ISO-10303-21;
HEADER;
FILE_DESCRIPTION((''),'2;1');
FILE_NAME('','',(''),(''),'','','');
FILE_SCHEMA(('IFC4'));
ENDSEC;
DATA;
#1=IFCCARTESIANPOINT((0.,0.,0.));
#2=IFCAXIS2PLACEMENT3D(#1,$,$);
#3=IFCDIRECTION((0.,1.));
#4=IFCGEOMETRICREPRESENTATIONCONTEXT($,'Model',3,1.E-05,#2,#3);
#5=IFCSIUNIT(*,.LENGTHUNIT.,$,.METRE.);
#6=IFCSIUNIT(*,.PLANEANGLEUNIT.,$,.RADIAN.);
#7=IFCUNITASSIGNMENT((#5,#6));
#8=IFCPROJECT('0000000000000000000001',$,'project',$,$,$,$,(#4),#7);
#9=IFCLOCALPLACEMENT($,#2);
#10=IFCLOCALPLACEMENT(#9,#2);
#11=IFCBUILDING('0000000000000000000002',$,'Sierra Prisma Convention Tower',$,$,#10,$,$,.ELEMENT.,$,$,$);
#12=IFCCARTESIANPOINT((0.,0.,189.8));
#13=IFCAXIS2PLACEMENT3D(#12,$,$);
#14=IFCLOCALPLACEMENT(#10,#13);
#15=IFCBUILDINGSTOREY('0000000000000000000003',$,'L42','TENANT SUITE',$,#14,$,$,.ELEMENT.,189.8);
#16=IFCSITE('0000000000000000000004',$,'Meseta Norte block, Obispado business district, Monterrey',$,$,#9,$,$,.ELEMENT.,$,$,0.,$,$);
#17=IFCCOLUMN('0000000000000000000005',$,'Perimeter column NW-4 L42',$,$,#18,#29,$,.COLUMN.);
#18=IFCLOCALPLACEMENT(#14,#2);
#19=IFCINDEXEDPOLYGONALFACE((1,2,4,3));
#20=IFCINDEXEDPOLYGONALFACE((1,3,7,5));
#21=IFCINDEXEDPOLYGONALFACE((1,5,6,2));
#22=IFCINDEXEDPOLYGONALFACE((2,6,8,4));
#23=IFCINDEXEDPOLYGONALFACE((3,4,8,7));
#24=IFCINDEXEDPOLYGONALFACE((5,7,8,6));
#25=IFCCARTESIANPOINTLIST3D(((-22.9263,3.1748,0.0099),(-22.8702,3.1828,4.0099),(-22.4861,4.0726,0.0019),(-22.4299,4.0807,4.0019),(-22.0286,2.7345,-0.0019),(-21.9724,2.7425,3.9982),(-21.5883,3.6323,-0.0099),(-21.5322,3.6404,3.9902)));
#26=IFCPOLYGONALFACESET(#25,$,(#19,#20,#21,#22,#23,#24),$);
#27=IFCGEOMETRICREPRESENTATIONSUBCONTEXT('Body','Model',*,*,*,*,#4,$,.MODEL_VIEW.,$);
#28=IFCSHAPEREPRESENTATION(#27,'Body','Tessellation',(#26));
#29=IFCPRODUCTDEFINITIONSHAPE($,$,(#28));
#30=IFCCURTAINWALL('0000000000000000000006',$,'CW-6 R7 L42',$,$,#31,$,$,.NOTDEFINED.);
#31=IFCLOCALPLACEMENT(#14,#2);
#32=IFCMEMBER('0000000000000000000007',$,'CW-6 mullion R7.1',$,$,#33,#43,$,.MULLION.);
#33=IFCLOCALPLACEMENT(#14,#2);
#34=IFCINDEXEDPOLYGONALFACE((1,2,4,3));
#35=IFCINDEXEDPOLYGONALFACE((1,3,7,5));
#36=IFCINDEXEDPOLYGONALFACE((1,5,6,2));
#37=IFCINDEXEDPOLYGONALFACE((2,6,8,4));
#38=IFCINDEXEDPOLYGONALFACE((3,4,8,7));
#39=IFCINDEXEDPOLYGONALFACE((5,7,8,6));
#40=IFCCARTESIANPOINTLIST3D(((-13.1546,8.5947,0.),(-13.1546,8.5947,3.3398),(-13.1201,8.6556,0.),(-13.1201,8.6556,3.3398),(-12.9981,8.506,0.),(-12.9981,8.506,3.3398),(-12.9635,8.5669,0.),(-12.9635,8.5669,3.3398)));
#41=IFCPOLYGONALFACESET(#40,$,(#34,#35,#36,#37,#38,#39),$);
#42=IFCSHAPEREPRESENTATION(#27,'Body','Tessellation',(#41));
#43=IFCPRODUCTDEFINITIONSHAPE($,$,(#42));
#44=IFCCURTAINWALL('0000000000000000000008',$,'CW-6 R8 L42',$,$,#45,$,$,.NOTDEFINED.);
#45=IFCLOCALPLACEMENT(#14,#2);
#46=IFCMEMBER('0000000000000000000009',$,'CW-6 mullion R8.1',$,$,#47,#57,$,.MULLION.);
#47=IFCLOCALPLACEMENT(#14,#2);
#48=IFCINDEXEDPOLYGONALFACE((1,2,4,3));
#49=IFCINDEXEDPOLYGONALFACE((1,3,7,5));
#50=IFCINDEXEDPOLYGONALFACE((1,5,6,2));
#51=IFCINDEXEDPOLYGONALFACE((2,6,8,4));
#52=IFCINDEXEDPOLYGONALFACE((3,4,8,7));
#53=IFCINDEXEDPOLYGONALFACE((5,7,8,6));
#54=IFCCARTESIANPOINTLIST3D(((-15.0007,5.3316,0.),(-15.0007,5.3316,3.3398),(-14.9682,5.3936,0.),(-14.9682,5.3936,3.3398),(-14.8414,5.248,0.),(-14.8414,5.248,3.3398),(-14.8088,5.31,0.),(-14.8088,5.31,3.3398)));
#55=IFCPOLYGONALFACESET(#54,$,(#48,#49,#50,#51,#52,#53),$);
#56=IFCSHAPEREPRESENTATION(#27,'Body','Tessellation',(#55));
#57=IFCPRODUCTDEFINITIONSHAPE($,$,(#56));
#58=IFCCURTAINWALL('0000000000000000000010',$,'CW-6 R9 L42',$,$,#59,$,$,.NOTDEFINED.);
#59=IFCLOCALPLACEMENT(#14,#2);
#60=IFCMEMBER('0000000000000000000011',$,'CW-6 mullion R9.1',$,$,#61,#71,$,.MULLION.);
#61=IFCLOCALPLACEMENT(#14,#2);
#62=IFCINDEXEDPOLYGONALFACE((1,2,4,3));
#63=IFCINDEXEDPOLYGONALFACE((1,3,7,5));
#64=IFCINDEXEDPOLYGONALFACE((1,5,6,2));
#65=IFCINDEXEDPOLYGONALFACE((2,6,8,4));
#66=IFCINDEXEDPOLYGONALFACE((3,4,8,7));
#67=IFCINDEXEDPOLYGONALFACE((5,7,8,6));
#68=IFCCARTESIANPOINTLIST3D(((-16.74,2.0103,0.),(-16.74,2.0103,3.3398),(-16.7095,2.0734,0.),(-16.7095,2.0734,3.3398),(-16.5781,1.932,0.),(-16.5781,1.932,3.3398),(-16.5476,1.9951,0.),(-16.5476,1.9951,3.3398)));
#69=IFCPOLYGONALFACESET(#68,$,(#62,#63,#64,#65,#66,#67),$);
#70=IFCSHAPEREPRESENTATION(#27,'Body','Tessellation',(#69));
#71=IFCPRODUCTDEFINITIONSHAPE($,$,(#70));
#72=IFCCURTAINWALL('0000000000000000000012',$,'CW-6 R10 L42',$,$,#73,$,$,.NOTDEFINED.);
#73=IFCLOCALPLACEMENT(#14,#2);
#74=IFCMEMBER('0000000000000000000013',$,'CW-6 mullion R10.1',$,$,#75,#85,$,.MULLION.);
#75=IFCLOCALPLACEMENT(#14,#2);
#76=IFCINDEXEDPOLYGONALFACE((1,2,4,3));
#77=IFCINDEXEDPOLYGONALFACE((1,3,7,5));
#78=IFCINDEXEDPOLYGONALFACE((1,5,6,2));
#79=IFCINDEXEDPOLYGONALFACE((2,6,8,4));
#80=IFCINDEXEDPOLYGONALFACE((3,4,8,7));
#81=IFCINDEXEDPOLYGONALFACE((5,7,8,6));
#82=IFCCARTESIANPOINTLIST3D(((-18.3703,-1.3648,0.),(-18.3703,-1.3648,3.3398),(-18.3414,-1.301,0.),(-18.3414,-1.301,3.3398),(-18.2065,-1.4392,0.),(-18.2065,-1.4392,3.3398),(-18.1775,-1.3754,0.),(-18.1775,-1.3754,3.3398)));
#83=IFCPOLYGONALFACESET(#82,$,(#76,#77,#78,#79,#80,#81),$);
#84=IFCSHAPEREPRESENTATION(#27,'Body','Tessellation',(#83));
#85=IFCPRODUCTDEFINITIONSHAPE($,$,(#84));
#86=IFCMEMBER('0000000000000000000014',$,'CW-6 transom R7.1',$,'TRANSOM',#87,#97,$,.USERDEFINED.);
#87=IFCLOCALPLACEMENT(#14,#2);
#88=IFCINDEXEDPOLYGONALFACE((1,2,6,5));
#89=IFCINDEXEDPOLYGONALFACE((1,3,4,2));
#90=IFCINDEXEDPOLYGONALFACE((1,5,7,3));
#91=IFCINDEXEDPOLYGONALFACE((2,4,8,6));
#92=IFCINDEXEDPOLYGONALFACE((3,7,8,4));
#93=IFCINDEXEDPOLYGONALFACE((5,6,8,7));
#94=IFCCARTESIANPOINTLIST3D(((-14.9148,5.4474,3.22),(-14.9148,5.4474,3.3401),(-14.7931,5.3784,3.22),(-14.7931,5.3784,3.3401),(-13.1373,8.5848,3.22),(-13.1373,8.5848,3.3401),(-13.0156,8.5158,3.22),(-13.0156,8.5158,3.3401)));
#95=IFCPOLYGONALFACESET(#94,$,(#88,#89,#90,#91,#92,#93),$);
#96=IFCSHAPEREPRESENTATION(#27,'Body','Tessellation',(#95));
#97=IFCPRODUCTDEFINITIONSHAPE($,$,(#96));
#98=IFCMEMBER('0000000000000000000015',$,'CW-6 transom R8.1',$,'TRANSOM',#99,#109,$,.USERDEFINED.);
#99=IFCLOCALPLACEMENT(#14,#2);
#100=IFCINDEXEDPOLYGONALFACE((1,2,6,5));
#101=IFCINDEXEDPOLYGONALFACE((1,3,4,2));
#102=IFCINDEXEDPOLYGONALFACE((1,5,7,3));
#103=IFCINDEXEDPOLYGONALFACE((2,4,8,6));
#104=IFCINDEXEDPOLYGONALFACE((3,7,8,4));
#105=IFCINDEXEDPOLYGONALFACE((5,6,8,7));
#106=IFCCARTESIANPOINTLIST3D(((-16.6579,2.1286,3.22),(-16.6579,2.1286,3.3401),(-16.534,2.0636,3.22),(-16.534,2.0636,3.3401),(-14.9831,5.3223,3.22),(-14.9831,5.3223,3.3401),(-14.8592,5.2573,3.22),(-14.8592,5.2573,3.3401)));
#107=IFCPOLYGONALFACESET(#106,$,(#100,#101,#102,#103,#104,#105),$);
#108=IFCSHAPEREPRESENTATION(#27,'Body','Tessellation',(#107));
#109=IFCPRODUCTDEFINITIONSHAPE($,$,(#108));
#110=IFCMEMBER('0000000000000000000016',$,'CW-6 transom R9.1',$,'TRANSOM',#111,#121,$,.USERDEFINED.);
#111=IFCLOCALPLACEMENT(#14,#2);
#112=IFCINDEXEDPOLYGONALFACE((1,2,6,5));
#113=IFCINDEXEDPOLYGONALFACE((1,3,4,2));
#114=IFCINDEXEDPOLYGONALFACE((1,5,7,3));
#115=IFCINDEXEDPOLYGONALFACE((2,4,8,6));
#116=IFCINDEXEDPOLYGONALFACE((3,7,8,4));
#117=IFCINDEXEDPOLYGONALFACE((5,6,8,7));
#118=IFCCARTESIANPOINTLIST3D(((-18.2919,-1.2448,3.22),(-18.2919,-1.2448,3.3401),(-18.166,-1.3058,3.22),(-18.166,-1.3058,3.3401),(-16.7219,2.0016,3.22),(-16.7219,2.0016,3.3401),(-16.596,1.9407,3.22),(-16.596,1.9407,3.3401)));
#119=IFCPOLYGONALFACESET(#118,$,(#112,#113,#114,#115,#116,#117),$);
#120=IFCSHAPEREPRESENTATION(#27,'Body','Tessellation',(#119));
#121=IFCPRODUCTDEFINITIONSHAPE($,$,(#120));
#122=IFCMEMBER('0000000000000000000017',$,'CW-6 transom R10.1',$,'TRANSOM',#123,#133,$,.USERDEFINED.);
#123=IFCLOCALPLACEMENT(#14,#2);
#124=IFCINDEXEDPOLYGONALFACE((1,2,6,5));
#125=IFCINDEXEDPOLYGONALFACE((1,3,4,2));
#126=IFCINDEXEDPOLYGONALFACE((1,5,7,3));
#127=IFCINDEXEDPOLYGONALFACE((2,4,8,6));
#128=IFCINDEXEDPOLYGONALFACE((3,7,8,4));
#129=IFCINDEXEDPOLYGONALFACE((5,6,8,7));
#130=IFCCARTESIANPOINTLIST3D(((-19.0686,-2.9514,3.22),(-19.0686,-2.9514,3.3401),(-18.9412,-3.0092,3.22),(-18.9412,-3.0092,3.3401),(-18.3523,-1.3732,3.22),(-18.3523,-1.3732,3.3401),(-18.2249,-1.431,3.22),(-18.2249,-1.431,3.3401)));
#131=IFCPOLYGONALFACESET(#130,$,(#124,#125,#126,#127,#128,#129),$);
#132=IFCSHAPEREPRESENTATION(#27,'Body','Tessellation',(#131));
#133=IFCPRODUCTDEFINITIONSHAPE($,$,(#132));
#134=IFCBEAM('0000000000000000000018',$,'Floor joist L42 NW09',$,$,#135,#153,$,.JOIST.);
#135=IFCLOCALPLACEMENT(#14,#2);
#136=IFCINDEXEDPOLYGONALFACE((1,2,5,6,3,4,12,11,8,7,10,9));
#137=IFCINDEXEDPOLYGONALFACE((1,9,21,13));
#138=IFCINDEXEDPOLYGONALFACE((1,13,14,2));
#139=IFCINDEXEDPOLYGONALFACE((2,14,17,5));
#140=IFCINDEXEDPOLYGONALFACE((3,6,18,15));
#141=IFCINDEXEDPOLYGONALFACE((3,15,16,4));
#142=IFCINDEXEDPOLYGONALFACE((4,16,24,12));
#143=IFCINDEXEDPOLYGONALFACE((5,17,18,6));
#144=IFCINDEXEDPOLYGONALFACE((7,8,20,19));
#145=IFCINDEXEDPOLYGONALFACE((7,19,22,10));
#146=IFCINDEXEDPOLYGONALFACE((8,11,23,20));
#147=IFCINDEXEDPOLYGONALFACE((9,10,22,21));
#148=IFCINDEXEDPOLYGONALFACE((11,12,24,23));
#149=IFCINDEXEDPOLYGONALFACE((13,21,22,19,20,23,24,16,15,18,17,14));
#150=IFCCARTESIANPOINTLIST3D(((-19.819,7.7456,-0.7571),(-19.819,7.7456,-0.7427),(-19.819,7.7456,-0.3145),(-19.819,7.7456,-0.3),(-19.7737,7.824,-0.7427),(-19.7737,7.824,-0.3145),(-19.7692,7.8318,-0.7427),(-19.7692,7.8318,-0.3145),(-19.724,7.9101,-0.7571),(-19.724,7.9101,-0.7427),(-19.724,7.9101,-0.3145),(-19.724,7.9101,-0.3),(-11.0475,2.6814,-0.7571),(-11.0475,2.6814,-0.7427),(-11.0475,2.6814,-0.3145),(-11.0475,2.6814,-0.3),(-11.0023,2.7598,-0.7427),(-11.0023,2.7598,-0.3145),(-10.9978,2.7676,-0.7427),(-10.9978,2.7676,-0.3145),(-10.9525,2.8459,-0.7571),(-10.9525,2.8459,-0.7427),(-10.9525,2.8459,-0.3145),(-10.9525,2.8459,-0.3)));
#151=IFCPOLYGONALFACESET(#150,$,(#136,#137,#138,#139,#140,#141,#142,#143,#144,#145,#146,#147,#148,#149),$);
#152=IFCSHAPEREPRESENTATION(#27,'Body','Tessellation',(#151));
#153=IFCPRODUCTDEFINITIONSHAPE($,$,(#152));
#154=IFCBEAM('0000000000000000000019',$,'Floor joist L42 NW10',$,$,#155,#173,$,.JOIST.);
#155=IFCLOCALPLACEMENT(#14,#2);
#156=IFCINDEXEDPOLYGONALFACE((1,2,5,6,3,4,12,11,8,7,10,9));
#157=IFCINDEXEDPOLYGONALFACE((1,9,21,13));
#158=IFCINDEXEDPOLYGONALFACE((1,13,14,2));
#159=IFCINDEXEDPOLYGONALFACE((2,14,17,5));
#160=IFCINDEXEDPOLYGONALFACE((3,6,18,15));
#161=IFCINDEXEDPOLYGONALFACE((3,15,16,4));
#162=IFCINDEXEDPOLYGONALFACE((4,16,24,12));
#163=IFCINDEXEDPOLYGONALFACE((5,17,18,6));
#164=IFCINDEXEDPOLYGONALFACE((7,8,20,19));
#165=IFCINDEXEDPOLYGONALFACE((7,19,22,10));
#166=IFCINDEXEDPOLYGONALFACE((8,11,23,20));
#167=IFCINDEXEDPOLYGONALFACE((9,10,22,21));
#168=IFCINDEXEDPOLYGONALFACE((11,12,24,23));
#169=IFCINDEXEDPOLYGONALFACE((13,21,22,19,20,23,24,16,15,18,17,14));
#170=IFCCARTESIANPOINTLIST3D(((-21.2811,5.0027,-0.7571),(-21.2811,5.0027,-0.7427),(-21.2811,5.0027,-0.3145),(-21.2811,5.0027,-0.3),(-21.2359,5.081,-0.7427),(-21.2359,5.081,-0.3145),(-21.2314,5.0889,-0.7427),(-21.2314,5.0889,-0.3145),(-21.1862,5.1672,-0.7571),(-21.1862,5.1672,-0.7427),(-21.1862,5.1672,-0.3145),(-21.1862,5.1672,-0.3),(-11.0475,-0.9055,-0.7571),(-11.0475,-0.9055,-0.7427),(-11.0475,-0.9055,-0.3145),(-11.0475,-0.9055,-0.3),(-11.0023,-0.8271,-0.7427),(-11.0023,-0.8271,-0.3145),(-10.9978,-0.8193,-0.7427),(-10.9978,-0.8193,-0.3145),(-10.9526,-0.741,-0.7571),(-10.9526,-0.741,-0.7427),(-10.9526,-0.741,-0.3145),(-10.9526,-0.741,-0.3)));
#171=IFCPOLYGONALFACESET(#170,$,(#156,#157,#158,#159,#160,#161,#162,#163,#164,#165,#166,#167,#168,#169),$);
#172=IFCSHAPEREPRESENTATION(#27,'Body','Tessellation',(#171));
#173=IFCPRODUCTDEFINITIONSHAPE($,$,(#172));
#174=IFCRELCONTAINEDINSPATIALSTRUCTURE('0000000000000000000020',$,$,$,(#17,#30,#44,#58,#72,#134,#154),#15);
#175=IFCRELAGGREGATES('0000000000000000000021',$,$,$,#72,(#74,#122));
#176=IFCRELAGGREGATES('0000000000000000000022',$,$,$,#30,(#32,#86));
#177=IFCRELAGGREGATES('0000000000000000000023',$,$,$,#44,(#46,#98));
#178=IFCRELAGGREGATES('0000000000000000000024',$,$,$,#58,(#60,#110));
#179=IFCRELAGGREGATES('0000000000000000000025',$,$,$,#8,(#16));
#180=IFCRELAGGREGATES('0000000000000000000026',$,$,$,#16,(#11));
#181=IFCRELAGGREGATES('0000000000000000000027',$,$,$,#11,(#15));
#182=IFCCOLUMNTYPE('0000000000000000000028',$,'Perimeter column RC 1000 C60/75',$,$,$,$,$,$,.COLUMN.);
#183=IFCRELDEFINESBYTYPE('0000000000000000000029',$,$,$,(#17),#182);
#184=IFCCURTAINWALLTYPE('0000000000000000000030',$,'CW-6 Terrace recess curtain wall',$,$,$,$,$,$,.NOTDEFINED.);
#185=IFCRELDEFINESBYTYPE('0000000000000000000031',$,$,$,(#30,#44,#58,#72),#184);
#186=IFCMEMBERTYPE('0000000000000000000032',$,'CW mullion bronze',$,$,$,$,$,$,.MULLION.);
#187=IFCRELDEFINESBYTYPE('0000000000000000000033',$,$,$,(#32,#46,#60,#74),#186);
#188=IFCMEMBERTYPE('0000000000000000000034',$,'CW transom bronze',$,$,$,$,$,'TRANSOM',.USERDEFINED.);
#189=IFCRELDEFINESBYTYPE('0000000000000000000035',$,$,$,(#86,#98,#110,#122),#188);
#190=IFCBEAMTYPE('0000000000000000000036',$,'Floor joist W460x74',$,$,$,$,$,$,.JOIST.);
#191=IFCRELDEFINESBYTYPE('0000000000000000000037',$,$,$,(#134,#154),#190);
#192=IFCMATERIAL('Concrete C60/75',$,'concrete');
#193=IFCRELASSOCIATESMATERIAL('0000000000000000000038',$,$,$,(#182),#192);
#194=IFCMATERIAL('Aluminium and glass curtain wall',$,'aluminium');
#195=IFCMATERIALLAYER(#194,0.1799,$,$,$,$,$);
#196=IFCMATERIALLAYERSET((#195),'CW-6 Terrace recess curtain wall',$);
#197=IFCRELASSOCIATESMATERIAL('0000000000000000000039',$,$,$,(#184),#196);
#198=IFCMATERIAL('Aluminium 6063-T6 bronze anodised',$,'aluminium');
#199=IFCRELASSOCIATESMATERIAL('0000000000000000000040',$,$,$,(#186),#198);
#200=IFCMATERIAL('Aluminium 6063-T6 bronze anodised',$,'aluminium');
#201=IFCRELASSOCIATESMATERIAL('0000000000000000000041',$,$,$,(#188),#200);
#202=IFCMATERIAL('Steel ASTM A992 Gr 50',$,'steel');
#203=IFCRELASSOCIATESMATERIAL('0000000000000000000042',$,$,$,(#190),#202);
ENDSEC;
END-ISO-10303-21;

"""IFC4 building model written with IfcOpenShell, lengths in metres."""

from ifc_helpers import new_model, si_unit, direction, frame, origin, origin_2d, place, context, subcontext, project, spatial, rectangle, i_section, extrude, material, layer, layer_set, material_profile, profile_set, type_object, element, aggregate, save


model = new_model("IFC4")

# Units and contexts
model_context = context("Model", 3, precision=1e-05, world=origin(), true_north=direction((0.0, 1.0)))
body_context = subcontext(model_context, "Body", "Model", "MODEL_VIEW")
ifc_project = project(units=[si_unit("LENGTHUNIT", "METRE"), si_unit("PLANEANGLEUNIT", "RADIAN")], contexts=[model_context])

# Site, building, storey
site_placement = place(None, origin())
site = spatial("IfcSite", under=ifc_project, at=site_placement, Name="Meseta Norte block, Obispado business district, Monterrey", CompositionType="ELEMENT", RefElevation=0.0)
building_placement = place(site_placement, origin())
building = spatial("IfcBuilding", under=site, at=building_placement, Name="Sierra Prisma Convention Tower", CompositionType="ELEMENT")
storey_placement = place(building_placement, frame((0.0, 0.0, 189.8)))
storey = spatial("IfcBuildingStorey", under=building, at=storey_placement, Name="L42", Description="TENANT SUITE", CompositionType="ELEMENT", Elevation=189.8)

# Column
ifc_material_1 = material(Name="Concrete C60/75", Category="concrete")
ifc_material_profile_1 = material_profile(ifc_material_1, rectangle(XDim=1.0, YDim=1.0, at=origin_2d()), Name="Perimeter column RC 1000 C60/75")
ifc_profile_set_1 = profile_set([ifc_material_profile_1], Name="Concrete C60/75")
column_type = type_object("IfcColumnType", Name="Perimeter column RC 1000 C60/75", PredefinedType="COLUMN", material=ifc_profile_set_1)
column_placement = place(storey_placement, frame((-22.2573, 3.4036, 0.0), z_axis=(0.014037, 0.002014, 0.999899), x_axis=(0.440228, 0.89785, -0.007988)))
element("IfcColumn", 1, at=column_placement, inside=storey, type_object=column_type, Name="Perimeter column NW-4 L42", PredefinedType="COLUMN", context=body_context, shape_type="SweptSolid", body=[
    extrude(rectangle(XDim=1.0, YDim=1.0, at=origin_2d()), origin(), (0.0, 0.0, 1.0), 4.0005),
])

# Curtain walls, members
ifc_material_2 = material(Name="Aluminium and glass curtain wall", Category="aluminium")
ifc_layer_1 = layer(ifc_material_2, 0.1799)
ifc_layer_set_1 = layer_set([ifc_layer_1], Name="CW-6 Terrace recess curtain wall")
curtain_wall_type = type_object("IfcCurtainWallType", Name="CW-6 Terrace recess curtain wall", PredefinedType="NOTDEFINED", material=ifc_layer_set_1)
curtain_wall_1_placement = place(storey_placement, origin())
curtain_wall_1 = element("IfcCurtainWall", 2, at=curtain_wall_1_placement, inside=storey, type_object=curtain_wall_type, Name="CW-6 R7 L42", PredefinedType="NOTDEFINED")
ifc_material_3 = material(Name="Aluminium 6063-T6 bronze anodised", Category="aluminium")
ifc_material_profile_2 = material_profile(ifc_material_3, rectangle(XDim=0.1799, YDim=0.0701, at=origin_2d()), Name="ALU MULLION 70x180")
ifc_profile_set_2 = profile_set([ifc_material_profile_2], Name="Aluminium 6063-T6 bronze anodised")
member_type_1 = type_object("IfcMemberType", Name="CW mullion bronze", PredefinedType="MULLION", material=ifc_profile_set_2)
member_1_placement = place(storey_placement, frame((-13.0591, 8.5808, 0.0), z_axis=(0.0, 0.0, 1.0), x_axis=(0.870059, -0.492948, 0.0)))
member_1 = element("IfcMember", 3, at=member_1_placement, type_object=member_type_1, Name="CW-6 mullion R7.1", PredefinedType="MULLION", context=body_context, shape_type="SweptSolid", body=[
    extrude(rectangle(XDim=0.1799, YDim=0.0701, at=origin_2d()), origin(), (0.0, 0.0, 1.0), 3.3398),
])
curtain_wall_2_placement = place(storey_placement, origin())
curtain_wall_2 = element("IfcCurtainWall", 4, at=curtain_wall_2_placement, inside=storey, type_object=curtain_wall_type, Name="CW-6 R8 L42", PredefinedType="NOTDEFINED")
member_2_placement = place(storey_placement, frame((-14.9048, 5.3208, 0.0), z_axis=(0.0, 0.0, 1.0), x_axis=(0.885615, -0.46442, 0.0)))
member_2 = element("IfcMember", 5, at=member_2_placement, type_object=member_type_1, Name="CW-6 mullion R8.1", PredefinedType="MULLION", context=body_context, shape_type="SweptSolid", body=[
    extrude(rectangle(XDim=0.1799, YDim=0.0701, at=origin_2d()), origin(), (0.0, 0.0, 1.0), 3.3398),
])
curtain_wall_3_placement = place(storey_placement, origin())
curtain_wall_3 = element("IfcCurtainWall", 6, at=curtain_wall_3_placement, inside=storey, type_object=curtain_wall_type, Name="CW-6 R9 L42", PredefinedType="NOTDEFINED")
member_3_placement = place(storey_placement, frame((-16.6438, 2.0027, 0.0), z_axis=(0.0, 0.0, 1.0), x_axis=(0.900236, -0.435402, 0.0)))
member_3 = element("IfcMember", 7, at=member_3_placement, type_object=member_type_1, Name="CW-6 mullion R9.1", PredefinedType="MULLION", context=body_context, shape_type="SweptSolid", body=[
    extrude(rectangle(XDim=0.1799, YDim=0.0701, at=origin_2d()), origin(), (0.0, 0.0, 1.0), 3.3398),
])
curtain_wall_4_placement = place(storey_placement, origin())
curtain_wall_4 = element("IfcCurtainWall", 8, at=curtain_wall_4_placement, inside=storey, type_object=curtain_wall_type, Name="CW-6 R10 L42", PredefinedType="NOTDEFINED")
member_4_placement = place(storey_placement, frame((-18.2739, -1.3701, 0.0), z_axis=(0.0, 0.0, 1.0), x_axis=(0.910579, -0.413335, 0.0)))
member_4 = element("IfcMember", 9, at=member_4_placement, type_object=member_type_1, Name="CW-6 mullion R10.1", PredefinedType="MULLION", context=body_context, shape_type="SweptSolid", body=[
    extrude(rectangle(XDim=0.1799, YDim=0.0701, at=origin_2d()), origin(), (0.0, 0.0, 1.0), 3.3398),
])

# Members
ifc_material_4 = material(Name="Aluminium 6063-T6 bronze anodised", Category="aluminium")
ifc_material_profile_3 = material_profile(ifc_material_4, rectangle(XDim=0.1399, YDim=0.1201, at=origin_2d()), Name="ALU TRANSOM 120x140")
ifc_profile_set_3 = profile_set([ifc_material_profile_3], Name="Aluminium 6063-T6 bronze anodised")
member_type_2 = type_object("IfcMemberType", Name="CW transom bronze", ElementType="TRANSOM", PredefinedType="USERDEFINED", material=ifc_profile_set_3)
member_5_placement = place(storey_placement, frame((-13.0764, 8.5503, 3.28), z_axis=(-0.492949, -0.870058, 0.0), x_axis=(0.870058, -0.492949, 0.0)))
member_5 = element("IfcMember", 10, at=member_5_placement, type_object=member_type_2, Name="CW-6 transom R7.1", ObjectType="TRANSOM", PredefinedType="USERDEFINED", context=body_context, shape_type="SweptSolid", body=[
    extrude(rectangle(XDim=0.1399, YDim=0.1201, at=origin_2d()), origin(), (0.0, 0.0, 1.0), 3.606),
])
member_6_placement = place(storey_placement, frame((-14.9211, 5.2898, 3.28), z_axis=(-0.464434, -0.885607, 0.0), x_axis=(0.885607, -0.464434, 0.0)))
member_6 = element("IfcMember", 11, at=member_6_placement, type_object=member_type_2, Name="CW-6 transom R8.1", ObjectType="TRANSOM", PredefinedType="USERDEFINED", context=body_context, shape_type="SweptSolid", body=[
    extrude(rectangle(XDim=0.1399, YDim=0.1201, at=origin_2d()), origin(), (0.0, 0.0, 1.0), 3.6062),
])
member_7_placement = place(storey_placement, frame((-16.6589, 1.9712, 3.28), z_axis=(-0.435368, -0.900253, 0.0), x_axis=(0.900253, -0.435368, 0.0)))
member_7 = element("IfcMember", 12, at=member_7_placement, type_object=member_type_2, Name="CW-6 transom R9.1", ObjectType="TRANSOM", PredefinedType="USERDEFINED", context=body_context, shape_type="SweptSolid", body=[
    extrude(rectangle(XDim=0.1399, YDim=0.1201, at=origin_2d()), origin(), (0.0, 0.0, 1.0), 3.6062),
])
member_8_placement = place(storey_placement, frame((-18.2886, -1.4021, 3.28), z_axis=(-0.413315, -0.910588, 0.0), x_axis=(0.910588, -0.413315, 0.0)))
member_8 = element("IfcMember", 13, at=member_8_placement, type_object=member_type_2, Name="CW-6 transom R10.1", ObjectType="TRANSOM", PredefinedType="USERDEFINED", context=body_context, shape_type="SweptSolid", body=[
    extrude(rectangle(XDim=0.1399, YDim=0.1201, at=origin_2d()), origin(), (0.0, 0.0, 1.0), 1.7332),
])
aggregate(curtain_wall_4, [member_4, member_8])

# Beams
ifc_material_5 = material(Name="Steel ASTM A992 Gr 50", Category="steel")
ifc_material_profile_4 = material_profile(ifc_material_5, i_section(OverallWidth=0.1899, OverallDepth=0.457, WebThickness=0.009, FlangeThickness=0.0144, at=origin_2d()), Name="W460x74")
ifc_profile_set_4 = profile_set([ifc_material_profile_4], Name="Steel ASTM A992 Gr 50")
beam_type_1 = type_object("IfcBeamType", Name="Floor joist W460x74", PredefinedType="JOIST", material=ifc_profile_set_4)
beam_1_placement = place(storey_placement, frame((-19.7715, 7.8279, -0.5286), z_axis=(0.866026, -0.499999, 0.0), x_axis=(0.499999, 0.866026, 0.0)))
element("IfcBeam", 14, at=beam_1_placement, inside=storey, type_object=beam_type_1, Name="Floor joist L42 NW09", PredefinedType="JOIST", context=body_context, shape_type="SweptSolid", body=[
    extrude(i_section(OverallWidth=0.1899, OverallDepth=0.457, WebThickness=0.009, FlangeThickness=0.0144, at=origin_2d()), origin(), (0.0, 0.0, 1.0), 10.1284),
])
beam_2_placement = place(storey_placement, frame((-21.2336, 5.085, -0.5286), z_axis=(0.866032, -0.499988, 0.0), x_axis=(0.499988, 0.866032, 0.0)))
element("IfcBeam", 15, at=beam_2_placement, inside=storey, type_object=beam_type_1, Name="Floor joist L42 NW10", PredefinedType="JOIST", context=body_context, shape_type="SweptSolid", body=[
    extrude(i_section(OverallWidth=0.1899, OverallDepth=0.457, WebThickness=0.009, FlangeThickness=0.0144, at=origin_2d()), origin(), (0.0, 0.0, 1.0), 11.8167),
])

aggregate(curtain_wall_1, [member_1, member_5])
aggregate(curtain_wall_2, [member_2, member_6])
aggregate(curtain_wall_3, [member_3, member_7])

save(model, "model.ifc")
